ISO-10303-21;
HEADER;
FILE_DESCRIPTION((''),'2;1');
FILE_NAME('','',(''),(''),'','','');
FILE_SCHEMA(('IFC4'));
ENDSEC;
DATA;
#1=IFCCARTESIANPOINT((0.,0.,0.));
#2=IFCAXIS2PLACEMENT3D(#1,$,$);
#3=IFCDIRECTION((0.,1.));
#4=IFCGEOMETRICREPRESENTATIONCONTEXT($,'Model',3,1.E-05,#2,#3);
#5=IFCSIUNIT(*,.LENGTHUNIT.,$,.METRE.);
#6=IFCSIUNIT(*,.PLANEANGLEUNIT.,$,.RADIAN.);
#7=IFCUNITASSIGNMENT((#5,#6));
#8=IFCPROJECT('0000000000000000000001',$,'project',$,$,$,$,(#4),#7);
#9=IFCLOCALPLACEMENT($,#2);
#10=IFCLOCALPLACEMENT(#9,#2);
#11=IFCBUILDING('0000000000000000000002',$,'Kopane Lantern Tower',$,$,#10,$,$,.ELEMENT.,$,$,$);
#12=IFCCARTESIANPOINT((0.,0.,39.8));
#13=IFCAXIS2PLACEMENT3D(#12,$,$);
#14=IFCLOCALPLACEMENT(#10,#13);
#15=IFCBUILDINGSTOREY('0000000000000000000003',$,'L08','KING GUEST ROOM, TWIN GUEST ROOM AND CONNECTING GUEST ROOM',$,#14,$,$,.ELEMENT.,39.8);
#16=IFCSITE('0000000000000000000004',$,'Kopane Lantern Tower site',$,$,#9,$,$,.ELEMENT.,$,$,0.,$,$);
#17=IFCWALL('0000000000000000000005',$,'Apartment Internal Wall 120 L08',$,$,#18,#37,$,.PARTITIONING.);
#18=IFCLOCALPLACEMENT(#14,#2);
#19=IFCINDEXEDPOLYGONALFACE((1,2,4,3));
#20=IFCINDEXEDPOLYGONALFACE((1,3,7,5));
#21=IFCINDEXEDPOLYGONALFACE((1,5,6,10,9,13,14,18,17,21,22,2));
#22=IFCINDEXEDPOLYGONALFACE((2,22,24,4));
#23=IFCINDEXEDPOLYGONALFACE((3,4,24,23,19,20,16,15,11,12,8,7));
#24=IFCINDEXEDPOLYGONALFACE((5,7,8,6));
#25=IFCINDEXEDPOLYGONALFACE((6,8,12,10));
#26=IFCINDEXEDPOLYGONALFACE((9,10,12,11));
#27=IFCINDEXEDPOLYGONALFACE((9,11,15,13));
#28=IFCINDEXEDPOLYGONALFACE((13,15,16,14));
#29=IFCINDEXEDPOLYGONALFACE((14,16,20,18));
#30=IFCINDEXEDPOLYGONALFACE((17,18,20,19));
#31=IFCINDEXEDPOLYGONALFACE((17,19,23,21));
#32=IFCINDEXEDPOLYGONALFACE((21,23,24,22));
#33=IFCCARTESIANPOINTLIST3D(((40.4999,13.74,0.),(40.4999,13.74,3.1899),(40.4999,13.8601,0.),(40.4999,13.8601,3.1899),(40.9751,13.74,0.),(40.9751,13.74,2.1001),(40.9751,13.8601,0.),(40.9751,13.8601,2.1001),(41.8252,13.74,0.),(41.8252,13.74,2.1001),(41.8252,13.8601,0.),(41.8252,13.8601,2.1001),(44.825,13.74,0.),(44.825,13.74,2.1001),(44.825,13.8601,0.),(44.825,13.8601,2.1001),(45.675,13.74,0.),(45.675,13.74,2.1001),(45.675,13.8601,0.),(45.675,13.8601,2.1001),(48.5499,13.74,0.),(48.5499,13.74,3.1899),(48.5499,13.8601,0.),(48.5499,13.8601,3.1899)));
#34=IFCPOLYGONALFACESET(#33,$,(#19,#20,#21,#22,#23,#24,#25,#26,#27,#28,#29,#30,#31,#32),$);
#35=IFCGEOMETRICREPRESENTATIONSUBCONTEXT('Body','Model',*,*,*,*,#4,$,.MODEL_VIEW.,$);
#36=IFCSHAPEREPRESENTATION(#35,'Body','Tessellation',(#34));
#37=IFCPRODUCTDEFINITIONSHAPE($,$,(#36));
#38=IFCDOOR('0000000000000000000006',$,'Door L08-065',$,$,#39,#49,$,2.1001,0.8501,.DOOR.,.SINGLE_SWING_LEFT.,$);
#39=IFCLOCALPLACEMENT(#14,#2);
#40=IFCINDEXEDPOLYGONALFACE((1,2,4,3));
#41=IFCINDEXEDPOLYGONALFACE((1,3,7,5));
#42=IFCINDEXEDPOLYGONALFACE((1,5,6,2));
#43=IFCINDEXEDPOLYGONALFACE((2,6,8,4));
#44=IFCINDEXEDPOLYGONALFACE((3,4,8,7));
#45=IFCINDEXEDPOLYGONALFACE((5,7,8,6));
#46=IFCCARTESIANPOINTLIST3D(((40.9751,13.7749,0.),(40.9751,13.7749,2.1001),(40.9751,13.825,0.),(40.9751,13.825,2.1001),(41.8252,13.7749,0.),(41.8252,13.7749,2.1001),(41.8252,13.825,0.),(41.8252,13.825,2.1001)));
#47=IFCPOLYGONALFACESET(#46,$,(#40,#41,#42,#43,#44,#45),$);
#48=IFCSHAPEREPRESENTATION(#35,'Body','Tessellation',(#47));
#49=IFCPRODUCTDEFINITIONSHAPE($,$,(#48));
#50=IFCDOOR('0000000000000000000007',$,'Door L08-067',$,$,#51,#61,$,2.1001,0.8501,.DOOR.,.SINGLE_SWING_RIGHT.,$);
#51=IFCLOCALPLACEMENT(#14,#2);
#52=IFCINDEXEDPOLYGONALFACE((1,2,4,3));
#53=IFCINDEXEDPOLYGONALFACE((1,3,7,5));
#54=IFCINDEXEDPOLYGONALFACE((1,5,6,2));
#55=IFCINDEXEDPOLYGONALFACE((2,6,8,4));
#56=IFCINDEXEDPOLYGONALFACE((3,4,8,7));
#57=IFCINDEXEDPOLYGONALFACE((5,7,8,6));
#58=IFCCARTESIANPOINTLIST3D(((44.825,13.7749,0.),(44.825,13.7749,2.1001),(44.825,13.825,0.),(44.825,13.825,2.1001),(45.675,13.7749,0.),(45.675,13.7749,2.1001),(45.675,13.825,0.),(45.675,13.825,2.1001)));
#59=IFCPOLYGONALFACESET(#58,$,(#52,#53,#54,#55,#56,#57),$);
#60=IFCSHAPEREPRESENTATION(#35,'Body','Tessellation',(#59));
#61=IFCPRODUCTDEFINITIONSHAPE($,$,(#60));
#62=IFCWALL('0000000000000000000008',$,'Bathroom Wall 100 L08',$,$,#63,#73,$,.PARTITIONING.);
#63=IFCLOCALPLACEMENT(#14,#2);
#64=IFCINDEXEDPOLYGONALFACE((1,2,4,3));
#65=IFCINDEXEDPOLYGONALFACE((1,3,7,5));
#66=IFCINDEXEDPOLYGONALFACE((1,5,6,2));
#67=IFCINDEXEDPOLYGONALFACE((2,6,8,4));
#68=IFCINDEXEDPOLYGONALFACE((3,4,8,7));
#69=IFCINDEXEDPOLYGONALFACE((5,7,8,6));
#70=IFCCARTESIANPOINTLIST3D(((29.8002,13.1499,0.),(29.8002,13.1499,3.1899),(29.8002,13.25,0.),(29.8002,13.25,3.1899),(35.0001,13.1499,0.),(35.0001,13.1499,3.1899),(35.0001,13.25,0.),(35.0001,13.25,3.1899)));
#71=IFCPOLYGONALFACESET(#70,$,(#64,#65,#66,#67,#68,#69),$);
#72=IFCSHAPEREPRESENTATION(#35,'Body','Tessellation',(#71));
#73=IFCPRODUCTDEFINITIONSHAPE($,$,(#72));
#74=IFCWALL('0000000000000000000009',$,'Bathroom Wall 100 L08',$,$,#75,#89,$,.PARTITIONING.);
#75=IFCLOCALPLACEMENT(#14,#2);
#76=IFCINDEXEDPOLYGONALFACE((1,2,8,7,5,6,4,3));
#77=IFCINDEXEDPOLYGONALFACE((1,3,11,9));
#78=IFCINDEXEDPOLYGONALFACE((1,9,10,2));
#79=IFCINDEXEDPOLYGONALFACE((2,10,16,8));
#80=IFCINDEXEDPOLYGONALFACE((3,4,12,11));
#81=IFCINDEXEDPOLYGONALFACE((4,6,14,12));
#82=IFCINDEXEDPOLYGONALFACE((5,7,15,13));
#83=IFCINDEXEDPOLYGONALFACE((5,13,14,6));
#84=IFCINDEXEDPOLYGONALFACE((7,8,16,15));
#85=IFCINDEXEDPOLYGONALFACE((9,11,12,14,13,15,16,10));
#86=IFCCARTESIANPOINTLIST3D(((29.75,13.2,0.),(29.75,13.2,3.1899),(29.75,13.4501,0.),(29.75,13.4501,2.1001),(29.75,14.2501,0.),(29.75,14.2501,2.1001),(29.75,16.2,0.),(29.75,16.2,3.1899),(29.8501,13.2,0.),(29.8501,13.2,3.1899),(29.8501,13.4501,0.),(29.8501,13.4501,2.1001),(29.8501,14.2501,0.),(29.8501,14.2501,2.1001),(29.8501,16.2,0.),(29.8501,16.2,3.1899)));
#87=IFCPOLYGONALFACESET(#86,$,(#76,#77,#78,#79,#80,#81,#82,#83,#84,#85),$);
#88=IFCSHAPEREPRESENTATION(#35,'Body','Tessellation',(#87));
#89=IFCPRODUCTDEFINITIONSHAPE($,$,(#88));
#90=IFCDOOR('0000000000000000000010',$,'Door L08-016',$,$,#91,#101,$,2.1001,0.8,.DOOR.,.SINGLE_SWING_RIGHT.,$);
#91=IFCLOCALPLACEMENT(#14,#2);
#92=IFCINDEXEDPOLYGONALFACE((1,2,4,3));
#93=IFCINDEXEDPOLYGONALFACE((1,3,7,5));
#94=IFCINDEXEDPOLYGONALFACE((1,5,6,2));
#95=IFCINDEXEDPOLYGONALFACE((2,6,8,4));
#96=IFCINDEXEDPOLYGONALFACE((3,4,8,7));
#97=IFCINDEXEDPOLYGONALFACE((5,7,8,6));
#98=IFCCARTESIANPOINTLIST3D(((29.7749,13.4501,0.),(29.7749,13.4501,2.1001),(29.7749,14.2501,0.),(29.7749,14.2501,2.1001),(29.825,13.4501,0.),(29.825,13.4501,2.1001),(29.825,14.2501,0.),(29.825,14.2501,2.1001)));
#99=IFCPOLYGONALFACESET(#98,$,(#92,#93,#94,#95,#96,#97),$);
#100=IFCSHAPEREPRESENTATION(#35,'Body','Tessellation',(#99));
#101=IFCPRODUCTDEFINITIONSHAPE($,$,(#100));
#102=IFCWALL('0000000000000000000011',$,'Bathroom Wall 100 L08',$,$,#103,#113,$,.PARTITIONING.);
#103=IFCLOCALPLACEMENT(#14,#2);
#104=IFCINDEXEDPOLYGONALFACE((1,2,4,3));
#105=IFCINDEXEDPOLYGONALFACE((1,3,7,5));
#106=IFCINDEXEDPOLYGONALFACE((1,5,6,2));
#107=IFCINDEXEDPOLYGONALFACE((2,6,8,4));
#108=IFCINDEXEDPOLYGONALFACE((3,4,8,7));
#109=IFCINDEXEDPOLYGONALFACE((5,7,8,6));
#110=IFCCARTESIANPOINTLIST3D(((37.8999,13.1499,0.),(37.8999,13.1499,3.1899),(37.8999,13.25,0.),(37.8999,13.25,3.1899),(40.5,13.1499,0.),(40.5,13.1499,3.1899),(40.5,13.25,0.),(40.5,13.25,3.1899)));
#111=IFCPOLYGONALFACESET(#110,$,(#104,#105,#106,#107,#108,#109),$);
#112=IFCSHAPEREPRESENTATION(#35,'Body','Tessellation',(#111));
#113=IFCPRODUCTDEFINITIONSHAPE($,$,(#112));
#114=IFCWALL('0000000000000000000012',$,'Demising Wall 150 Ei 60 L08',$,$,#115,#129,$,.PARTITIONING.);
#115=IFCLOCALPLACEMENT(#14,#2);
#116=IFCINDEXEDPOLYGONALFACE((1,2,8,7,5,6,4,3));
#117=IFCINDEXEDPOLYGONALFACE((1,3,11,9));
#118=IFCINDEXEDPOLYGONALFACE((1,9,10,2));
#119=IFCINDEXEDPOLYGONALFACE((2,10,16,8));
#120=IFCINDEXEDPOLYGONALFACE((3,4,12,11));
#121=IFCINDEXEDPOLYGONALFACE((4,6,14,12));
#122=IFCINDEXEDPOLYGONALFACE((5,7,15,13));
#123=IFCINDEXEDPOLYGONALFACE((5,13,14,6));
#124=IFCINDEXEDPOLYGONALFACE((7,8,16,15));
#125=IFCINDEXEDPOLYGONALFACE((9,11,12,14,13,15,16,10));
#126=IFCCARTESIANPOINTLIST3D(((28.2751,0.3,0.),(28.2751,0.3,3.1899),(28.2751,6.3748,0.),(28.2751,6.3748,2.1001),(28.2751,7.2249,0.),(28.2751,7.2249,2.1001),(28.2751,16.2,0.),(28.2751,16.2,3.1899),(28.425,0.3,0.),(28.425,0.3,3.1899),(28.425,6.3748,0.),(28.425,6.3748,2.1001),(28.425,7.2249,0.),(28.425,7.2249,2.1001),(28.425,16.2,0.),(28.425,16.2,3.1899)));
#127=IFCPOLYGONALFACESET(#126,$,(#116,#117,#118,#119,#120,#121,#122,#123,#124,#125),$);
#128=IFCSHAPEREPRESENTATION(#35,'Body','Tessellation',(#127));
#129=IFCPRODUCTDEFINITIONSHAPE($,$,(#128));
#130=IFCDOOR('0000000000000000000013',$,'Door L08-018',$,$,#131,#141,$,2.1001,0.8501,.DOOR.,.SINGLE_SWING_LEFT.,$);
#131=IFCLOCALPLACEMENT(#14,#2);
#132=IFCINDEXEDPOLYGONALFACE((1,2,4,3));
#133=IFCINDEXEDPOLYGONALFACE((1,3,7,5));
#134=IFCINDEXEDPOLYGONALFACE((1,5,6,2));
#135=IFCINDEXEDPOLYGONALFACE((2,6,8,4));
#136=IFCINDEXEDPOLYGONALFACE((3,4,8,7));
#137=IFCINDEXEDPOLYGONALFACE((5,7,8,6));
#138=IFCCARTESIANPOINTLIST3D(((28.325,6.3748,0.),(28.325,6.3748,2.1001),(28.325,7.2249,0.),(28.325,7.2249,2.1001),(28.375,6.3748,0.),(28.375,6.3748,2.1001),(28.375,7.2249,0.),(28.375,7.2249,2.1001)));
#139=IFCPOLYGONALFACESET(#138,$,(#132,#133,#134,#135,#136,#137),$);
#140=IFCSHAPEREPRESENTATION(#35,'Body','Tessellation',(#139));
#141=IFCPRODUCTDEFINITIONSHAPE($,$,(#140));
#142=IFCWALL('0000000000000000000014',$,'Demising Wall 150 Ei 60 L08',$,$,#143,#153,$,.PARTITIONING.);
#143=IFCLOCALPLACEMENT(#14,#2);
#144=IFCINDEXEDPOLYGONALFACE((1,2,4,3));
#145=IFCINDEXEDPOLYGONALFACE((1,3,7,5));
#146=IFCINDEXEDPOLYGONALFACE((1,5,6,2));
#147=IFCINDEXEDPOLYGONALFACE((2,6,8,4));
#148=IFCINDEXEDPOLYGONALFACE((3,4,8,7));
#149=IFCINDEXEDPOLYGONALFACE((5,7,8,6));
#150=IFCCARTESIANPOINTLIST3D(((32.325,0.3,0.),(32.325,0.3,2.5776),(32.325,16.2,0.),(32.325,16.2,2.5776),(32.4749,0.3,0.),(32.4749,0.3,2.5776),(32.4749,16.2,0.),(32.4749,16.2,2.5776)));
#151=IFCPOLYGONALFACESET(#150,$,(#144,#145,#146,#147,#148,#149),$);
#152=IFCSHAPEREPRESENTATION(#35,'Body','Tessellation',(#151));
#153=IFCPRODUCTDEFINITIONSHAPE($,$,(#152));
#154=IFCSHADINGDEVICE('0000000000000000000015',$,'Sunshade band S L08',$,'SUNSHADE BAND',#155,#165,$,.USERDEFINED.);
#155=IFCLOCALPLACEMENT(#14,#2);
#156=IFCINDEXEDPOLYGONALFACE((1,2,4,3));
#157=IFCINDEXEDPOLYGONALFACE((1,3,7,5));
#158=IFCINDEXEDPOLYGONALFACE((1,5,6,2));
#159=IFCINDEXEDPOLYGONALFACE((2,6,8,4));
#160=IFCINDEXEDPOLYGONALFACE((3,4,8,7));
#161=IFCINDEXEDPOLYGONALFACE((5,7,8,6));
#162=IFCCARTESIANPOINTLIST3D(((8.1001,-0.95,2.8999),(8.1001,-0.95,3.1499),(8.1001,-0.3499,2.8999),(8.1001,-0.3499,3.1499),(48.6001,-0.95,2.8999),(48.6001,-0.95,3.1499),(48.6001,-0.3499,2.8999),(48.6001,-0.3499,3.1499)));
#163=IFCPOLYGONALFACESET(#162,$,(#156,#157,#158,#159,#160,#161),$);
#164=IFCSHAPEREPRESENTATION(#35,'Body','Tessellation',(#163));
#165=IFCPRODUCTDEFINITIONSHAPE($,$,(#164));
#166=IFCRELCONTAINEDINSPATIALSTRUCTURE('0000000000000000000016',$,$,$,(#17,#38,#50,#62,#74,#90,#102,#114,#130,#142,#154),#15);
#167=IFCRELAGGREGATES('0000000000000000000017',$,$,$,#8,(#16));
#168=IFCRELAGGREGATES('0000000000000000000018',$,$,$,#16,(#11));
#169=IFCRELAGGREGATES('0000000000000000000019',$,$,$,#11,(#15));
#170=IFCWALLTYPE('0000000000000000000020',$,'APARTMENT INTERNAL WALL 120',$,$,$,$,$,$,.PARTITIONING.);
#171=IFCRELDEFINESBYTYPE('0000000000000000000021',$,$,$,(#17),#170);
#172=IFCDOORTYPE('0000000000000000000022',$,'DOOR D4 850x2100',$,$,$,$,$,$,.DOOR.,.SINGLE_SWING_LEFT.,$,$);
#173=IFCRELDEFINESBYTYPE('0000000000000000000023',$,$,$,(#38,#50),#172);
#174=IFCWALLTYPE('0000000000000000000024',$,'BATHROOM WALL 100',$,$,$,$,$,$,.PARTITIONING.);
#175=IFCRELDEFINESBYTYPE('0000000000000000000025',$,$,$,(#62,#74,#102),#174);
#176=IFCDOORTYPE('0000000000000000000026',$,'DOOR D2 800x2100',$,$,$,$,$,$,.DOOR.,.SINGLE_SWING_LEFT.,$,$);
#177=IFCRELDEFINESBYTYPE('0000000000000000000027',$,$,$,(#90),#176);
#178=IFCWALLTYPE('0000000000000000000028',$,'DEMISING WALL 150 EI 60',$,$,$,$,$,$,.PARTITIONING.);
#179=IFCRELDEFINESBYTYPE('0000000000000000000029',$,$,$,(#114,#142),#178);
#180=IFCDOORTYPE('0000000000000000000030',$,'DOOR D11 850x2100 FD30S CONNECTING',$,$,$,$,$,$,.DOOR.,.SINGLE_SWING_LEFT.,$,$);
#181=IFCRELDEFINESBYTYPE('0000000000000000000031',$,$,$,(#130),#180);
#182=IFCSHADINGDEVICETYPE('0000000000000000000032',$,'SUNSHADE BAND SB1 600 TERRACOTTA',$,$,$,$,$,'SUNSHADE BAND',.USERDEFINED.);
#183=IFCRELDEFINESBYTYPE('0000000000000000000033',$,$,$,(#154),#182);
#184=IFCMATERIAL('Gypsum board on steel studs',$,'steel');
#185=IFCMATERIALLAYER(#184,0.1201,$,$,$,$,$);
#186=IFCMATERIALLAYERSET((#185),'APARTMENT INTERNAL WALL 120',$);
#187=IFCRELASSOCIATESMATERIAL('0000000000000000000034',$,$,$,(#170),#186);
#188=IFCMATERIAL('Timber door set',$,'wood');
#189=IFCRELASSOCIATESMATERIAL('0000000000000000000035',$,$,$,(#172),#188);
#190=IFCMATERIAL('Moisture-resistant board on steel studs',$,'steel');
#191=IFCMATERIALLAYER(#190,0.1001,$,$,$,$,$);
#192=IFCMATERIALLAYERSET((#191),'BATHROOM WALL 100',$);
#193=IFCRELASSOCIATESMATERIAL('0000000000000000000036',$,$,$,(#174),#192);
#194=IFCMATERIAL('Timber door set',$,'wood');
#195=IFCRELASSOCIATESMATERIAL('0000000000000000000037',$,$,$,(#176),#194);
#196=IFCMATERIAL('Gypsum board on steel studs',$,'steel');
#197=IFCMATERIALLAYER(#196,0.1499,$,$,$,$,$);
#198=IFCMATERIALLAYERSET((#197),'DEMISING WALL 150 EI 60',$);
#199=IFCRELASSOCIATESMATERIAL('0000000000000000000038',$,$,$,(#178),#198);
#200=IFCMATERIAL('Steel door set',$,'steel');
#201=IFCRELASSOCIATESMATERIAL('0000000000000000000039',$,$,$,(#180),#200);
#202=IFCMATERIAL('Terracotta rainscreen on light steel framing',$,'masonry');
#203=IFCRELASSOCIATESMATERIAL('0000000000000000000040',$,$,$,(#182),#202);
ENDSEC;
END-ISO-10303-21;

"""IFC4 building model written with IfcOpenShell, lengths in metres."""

from ifc_helpers import new_model, si_unit, direction, frame, frame_2d, origin, origin_2d, place, context, subcontext, project, spatial, rectangle, extrude, material, layer, layer_set, type_object, element, fill, save


model = new_model("IFC4")

# Units and contexts
model_context = context("Model", 3, precision=1e-05, world=origin(), true_north=direction((0.0, 1.0)))
body_context = subcontext(model_context, "Body", "Model", "MODEL_VIEW")
ifc_project = project(units=[si_unit("LENGTHUNIT", "METRE"), si_unit("PLANEANGLEUNIT", "RADIAN")], contexts=[model_context])

# Site, building, storey
site_placement = place(None, origin())
site = spatial("IfcSite", under=ifc_project, at=site_placement, Name="Kopane Lantern Tower site", CompositionType="ELEMENT", RefElevation=0.0)
building_placement = place(site_placement, origin())
building = spatial("IfcBuilding", under=site, at=building_placement, Name="Kopane Lantern Tower", CompositionType="ELEMENT")
storey_placement = place(building_placement, frame((0.0, 0.0, 39.8)))
storey = spatial("IfcBuildingStorey", under=building, at=storey_placement, Name="L08", Description="KING GUEST ROOM, TWIN GUEST ROOM AND CONNECTING GUEST ROOM", CompositionType="ELEMENT", Elevation=39.8)

# Wall, openings, doors
ifc_material_1 = material(Name="Gypsum board on steel studs", Category="steel")
ifc_layer_1 = layer(ifc_material_1, 0.1201)
ifc_layer_set_1 = layer_set([ifc_layer_1], Name="APARTMENT INTERNAL WALL 120")
wall_type_1 = type_object("IfcWallType", Name="APARTMENT INTERNAL WALL 120", PredefinedType="PARTITIONING", material=ifc_layer_set_1)
wall_1_placement = place(storey_placement, frame((40.5, 13.8, 0.0), z_axis=(0.0, 0.0, 1.0), x_axis=(1.0, 0.0, 0.0)))
wall_1 = element("IfcWall", 1, at=wall_1_placement, inside=storey, type_object=wall_type_1, Name="Apartment Internal Wall 120 L08", PredefinedType="PARTITIONING", context=body_context, shape_type="SweptSolid", body=[
    extrude(rectangle(XDim=8.05, YDim=0.1201, at=frame_2d((4.0249, 0.0))), origin(), (0.0, 0.0, 1.0), 3.1899),
])
opening_1_placement = place(wall_1_placement, frame((0.4751, 0.0, 0.0)))
opening_1 = element("IfcOpeningElement", 2, at=opening_1_placement, cuts=wall_1, PredefinedType="OPENING", context=body_context, shape_type="SweptSolid", body=[
    extrude(rectangle(XDim=0.8501, YDim=2.1001, at=frame_2d((0.425, 1.05))), frame((0.0, 0.0701, 0.0), z_axis=(0.0, -1.0, 0.0), x_axis=(1.0, 0.0, 0.0)), (0.0, 0.0, 1.0), 0.1401),
])
opening_2_placement = place(wall_1_placement, frame((4.325, 0.0, 0.0)))
opening_2 = element("IfcOpeningElement", 3, at=opening_2_placement, cuts=wall_1, PredefinedType="OPENING", context=body_context, shape_type="SweptSolid", body=[
    extrude(rectangle(XDim=0.8501, YDim=2.1001, at=frame_2d((0.425, 1.05))), frame((0.0, 0.0701, 0.0), z_axis=(0.0, -1.0, 0.0), x_axis=(1.0, 0.0, 0.0)), (0.0, 0.0, 1.0), 0.1401),
])
ifc_material_2 = material(Name="Timber door set", Category="wood")
door_type_1 = type_object("IfcDoorType", Name="DOOR D4 850x2100", OperationType="SINGLE_SWING_LEFT", PredefinedType="DOOR", material=ifc_material_2)
door_1_placement = place(opening_1_placement, origin())
door_1 = element("IfcDoor", 4, at=door_1_placement, inside=storey, type_object=door_type_1, Name="Door L08-065", OperationType="SINGLE_SWING_LEFT", OverallHeight=2.1001, OverallWidth=0.8501, PredefinedType="DOOR", context=body_context, shape_type="SweptSolid", body=[
    extrude(rectangle(XDim=0.8501, YDim=2.1001, at=frame_2d((0.425, 1.05))), frame((0.0, 0.0249, 0.0), z_axis=(0.0, -1.0, 0.0), x_axis=(1.0, 0.0, 0.0)), (0.0, 0.0, 1.0), 0.05),
])
fill(opening_1, door_1)
door_2_placement = place(opening_2_placement, origin())
door_2 = element("IfcDoor", 5, at=door_2_placement, inside=storey, type_object=door_type_1, Name="Door L08-067", OperationType="SINGLE_SWING_RIGHT", OverallHeight=2.1001, OverallWidth=0.8501, PredefinedType="DOOR", context=body_context, shape_type="SweptSolid", body=[
    extrude(rectangle(XDim=0.8501, YDim=2.1001, at=frame_2d((0.425, 1.05))), frame((0.0, 0.0249, 0.0), z_axis=(0.0, -1.0, 0.0), x_axis=(1.0, 0.0, 0.0)), (0.0, 0.0, 1.0), 0.05),
])
fill(opening_2, door_2)

# Wall
ifc_material_3 = material(Name="Moisture-resistant board on steel studs", Category="steel")
ifc_layer_2 = layer(ifc_material_3, 0.1001)
ifc_layer_set_2 = layer_set([ifc_layer_2], Name="BATHROOM WALL 100")
wall_type_2 = type_object("IfcWallType", Name="BATHROOM WALL 100", PredefinedType="PARTITIONING", material=ifc_layer_set_2)
wall_2_placement = place(storey_placement, frame((29.8, 13.2, 0.0), z_axis=(0.0, 0.0, 1.0), x_axis=(1.0, 0.0, 0.0)))
element("IfcWall", 6, at=wall_2_placement, inside=storey, type_object=wall_type_2, Name="Bathroom Wall 100 L08", PredefinedType="PARTITIONING", context=body_context, shape_type="SweptSolid", body=[
    extrude(rectangle(XDim=5.2, YDim=0.1001, at=frame_2d((2.6001, 0.0))), origin(), (0.0, 0.0, 1.0), 3.1899),
])

# Wall, opening, door
wall_3_placement = place(storey_placement, frame((29.8, 16.2, 0.0), z_axis=(0.0, 0.0, 1.0), x_axis=(0.0, -1.0, 0.0)))
wall_3 = element("IfcWall", 7, at=wall_3_placement, inside=storey, type_object=wall_type_2, Name="Bathroom Wall 100 L08", PredefinedType="PARTITIONING", context=body_context, shape_type="SweptSolid", body=[
    extrude(rectangle(XDim=3.0, YDim=0.1001, at=frame_2d((1.5, 0.0))), origin(), (0.0, 0.0, 1.0), 3.1899),
])
opening_3_placement = place(wall_3_placement, frame((1.95, 0.0, 0.0)))
opening_3 = element("IfcOpeningElement", 8, at=opening_3_placement, cuts=wall_3, PredefinedType="OPENING", context=body_context, shape_type="SweptSolid", body=[
    extrude(rectangle(XDim=0.8, YDim=2.1001, at=frame_2d((0.3999, 1.05))), frame((0.0, 0.0601, 0.0), z_axis=(0.0, -1.0, 0.0), x_axis=(1.0, 0.0, 0.0)), (0.0, 0.0, 1.0), 0.1201),
])
ifc_material_4 = material(Name="Timber door set", Category="wood")
door_type_2 = type_object("IfcDoorType", Name="DOOR D2 800x2100", OperationType="SINGLE_SWING_LEFT", PredefinedType="DOOR", material=ifc_material_4)
door_3_placement = place(opening_3_placement, origin())
door_3 = element("IfcDoor", 9, at=door_3_placement, inside=storey, type_object=door_type_2, Name="Door L08-016", OperationType="SINGLE_SWING_RIGHT", OverallHeight=2.1001, OverallWidth=0.8, PredefinedType="DOOR", context=body_context, shape_type="SweptSolid", body=[
    extrude(rectangle(XDim=0.8, YDim=2.1001, at=frame_2d((0.3999, 1.05))), frame((0.0, 0.0249, 0.0), z_axis=(0.0, -1.0, 0.0), x_axis=(1.0, 0.0, 0.0)), (0.0, 0.0, 1.0), 0.05),
])
fill(opening_3, door_3)

# Wall
wall_4_placement = place(storey_placement, frame((37.8999, 13.2, 0.0), z_axis=(0.0, 0.0, 1.0), x_axis=(1.0, 0.0, 0.0)))
element("IfcWall", 10, at=wall_4_placement, inside=storey, type_object=wall_type_2, Name="Bathroom Wall 100 L08", PredefinedType="PARTITIONING", context=body_context, shape_type="SweptSolid", body=[
    extrude(rectangle(XDim=2.6001, YDim=0.1001, at=frame_2d((1.3, 0.0))), origin(), (0.0, 0.0, 1.0), 3.1899),
])

# Wall, opening, door
ifc_material_5 = material(Name="Gypsum board on steel studs", Category="steel")
ifc_layer_3 = layer(ifc_material_5, 0.1499)
ifc_layer_set_3 = layer_set([ifc_layer_3], Name="DEMISING WALL 150 EI 60")
wall_type_3 = type_object("IfcWallType", Name="DEMISING WALL 150 EI 60", PredefinedType="PARTITIONING", material=ifc_layer_set_3)
wall_5_placement = place(storey_placement, frame((28.3501, 16.2, 0.0), z_axis=(0.0, 0.0, 1.0), x_axis=(0.0, -1.0, 0.0)))
wall_5 = element("IfcWall", 11, at=wall_5_placement, inside=storey, type_object=wall_type_3, Name="Demising Wall 150 Ei 60 L08", PredefinedType="PARTITIONING", context=body_context, shape_type="SweptSolid", body=[
    extrude(rectangle(XDim=15.8999, YDim=0.1499, at=frame_2d((7.95, 0.0))), origin(), (0.0, 0.0, 1.0), 3.1899),
])
opening_4_placement = place(wall_5_placement, frame((8.9751, 0.0, 0.0)))
opening_4 = element("IfcOpeningElement", 12, at=opening_4_placement, cuts=wall_5, PredefinedType="OPENING", context=body_context, shape_type="SweptSolid", body=[
    extrude(rectangle(XDim=0.8501, YDim=2.1001, at=frame_2d((0.425, 1.05))), frame((0.0, 0.085, 0.0), z_axis=(0.0, -1.0, 0.0), x_axis=(1.0, 0.0, 0.0)), (0.0, 0.0, 1.0), 0.1699),
])
ifc_material_6 = material(Name="Steel door set", Category="steel")
door_type_3 = type_object("IfcDoorType", Name="DOOR D11 850x2100 FD30S CONNECTING", OperationType="SINGLE_SWING_LEFT", PredefinedType="DOOR", material=ifc_material_6)
door_4_placement = place(opening_4_placement, origin())
door_4 = element("IfcDoor", 13, at=door_4_placement, inside=storey, type_object=door_type_3, Name="Door L08-018", OperationType="SINGLE_SWING_LEFT", OverallHeight=2.1001, OverallWidth=0.8501, PredefinedType="DOOR", context=body_context, shape_type="SweptSolid", body=[
    extrude(rectangle(XDim=0.8501, YDim=2.1001, at=frame_2d((0.425, 1.05))), frame((0.0, 0.0249, 0.0), z_axis=(0.0, -1.0, 0.0), x_axis=(1.0, 0.0, 0.0)), (0.0, 0.0, 1.0), 0.05),
])
fill(opening_4, door_4)

# Wall
wall_6_placement = place(storey_placement, frame((32.3999, 16.2, 0.0), z_axis=(0.0, 0.0, 1.0), x_axis=(0.0, -1.0, 0.0)))
element("IfcWall", 14, at=wall_6_placement, inside=storey, type_object=wall_type_3, Name="Demising Wall 150 Ei 60 L08", PredefinedType="PARTITIONING", context=body_context, shape_type="SweptSolid", body=[
    extrude(rectangle(XDim=15.8999, YDim=0.1499, at=frame_2d((7.95, 0.0))), origin(), (0.0, 0.0, 1.0), 2.5776),
])

# Shading device
ifc_material_7 = material(Name="Terracotta rainscreen on light steel framing", Category="masonry")
shading_device_type = type_object("IfcShadingDeviceType", Name="SUNSHADE BAND SB1 600 TERRACOTTA", ElementType="SUNSHADE BAND", PredefinedType="USERDEFINED", material=ifc_material_7)
shading_device_placement = place(storey_placement, frame((28.3501, -0.6499, 2.8999), z_axis=(0.0, 0.0, 1.0), x_axis=(1.0, 0.0, 0.0)))
element("IfcShadingDevice", 15, at=shading_device_placement, inside=storey, type_object=shading_device_type, Name="Sunshade band S L08", ObjectType="SUNSHADE BAND", PredefinedType="USERDEFINED", context=body_context, shape_type="SweptSolid", body=[
    extrude(rectangle(XDim=40.5, YDim=0.6001, at=origin_2d()), origin(), (0.0, 0.0, 1.0), 0.25),
])

save(model, "model.ifc")
